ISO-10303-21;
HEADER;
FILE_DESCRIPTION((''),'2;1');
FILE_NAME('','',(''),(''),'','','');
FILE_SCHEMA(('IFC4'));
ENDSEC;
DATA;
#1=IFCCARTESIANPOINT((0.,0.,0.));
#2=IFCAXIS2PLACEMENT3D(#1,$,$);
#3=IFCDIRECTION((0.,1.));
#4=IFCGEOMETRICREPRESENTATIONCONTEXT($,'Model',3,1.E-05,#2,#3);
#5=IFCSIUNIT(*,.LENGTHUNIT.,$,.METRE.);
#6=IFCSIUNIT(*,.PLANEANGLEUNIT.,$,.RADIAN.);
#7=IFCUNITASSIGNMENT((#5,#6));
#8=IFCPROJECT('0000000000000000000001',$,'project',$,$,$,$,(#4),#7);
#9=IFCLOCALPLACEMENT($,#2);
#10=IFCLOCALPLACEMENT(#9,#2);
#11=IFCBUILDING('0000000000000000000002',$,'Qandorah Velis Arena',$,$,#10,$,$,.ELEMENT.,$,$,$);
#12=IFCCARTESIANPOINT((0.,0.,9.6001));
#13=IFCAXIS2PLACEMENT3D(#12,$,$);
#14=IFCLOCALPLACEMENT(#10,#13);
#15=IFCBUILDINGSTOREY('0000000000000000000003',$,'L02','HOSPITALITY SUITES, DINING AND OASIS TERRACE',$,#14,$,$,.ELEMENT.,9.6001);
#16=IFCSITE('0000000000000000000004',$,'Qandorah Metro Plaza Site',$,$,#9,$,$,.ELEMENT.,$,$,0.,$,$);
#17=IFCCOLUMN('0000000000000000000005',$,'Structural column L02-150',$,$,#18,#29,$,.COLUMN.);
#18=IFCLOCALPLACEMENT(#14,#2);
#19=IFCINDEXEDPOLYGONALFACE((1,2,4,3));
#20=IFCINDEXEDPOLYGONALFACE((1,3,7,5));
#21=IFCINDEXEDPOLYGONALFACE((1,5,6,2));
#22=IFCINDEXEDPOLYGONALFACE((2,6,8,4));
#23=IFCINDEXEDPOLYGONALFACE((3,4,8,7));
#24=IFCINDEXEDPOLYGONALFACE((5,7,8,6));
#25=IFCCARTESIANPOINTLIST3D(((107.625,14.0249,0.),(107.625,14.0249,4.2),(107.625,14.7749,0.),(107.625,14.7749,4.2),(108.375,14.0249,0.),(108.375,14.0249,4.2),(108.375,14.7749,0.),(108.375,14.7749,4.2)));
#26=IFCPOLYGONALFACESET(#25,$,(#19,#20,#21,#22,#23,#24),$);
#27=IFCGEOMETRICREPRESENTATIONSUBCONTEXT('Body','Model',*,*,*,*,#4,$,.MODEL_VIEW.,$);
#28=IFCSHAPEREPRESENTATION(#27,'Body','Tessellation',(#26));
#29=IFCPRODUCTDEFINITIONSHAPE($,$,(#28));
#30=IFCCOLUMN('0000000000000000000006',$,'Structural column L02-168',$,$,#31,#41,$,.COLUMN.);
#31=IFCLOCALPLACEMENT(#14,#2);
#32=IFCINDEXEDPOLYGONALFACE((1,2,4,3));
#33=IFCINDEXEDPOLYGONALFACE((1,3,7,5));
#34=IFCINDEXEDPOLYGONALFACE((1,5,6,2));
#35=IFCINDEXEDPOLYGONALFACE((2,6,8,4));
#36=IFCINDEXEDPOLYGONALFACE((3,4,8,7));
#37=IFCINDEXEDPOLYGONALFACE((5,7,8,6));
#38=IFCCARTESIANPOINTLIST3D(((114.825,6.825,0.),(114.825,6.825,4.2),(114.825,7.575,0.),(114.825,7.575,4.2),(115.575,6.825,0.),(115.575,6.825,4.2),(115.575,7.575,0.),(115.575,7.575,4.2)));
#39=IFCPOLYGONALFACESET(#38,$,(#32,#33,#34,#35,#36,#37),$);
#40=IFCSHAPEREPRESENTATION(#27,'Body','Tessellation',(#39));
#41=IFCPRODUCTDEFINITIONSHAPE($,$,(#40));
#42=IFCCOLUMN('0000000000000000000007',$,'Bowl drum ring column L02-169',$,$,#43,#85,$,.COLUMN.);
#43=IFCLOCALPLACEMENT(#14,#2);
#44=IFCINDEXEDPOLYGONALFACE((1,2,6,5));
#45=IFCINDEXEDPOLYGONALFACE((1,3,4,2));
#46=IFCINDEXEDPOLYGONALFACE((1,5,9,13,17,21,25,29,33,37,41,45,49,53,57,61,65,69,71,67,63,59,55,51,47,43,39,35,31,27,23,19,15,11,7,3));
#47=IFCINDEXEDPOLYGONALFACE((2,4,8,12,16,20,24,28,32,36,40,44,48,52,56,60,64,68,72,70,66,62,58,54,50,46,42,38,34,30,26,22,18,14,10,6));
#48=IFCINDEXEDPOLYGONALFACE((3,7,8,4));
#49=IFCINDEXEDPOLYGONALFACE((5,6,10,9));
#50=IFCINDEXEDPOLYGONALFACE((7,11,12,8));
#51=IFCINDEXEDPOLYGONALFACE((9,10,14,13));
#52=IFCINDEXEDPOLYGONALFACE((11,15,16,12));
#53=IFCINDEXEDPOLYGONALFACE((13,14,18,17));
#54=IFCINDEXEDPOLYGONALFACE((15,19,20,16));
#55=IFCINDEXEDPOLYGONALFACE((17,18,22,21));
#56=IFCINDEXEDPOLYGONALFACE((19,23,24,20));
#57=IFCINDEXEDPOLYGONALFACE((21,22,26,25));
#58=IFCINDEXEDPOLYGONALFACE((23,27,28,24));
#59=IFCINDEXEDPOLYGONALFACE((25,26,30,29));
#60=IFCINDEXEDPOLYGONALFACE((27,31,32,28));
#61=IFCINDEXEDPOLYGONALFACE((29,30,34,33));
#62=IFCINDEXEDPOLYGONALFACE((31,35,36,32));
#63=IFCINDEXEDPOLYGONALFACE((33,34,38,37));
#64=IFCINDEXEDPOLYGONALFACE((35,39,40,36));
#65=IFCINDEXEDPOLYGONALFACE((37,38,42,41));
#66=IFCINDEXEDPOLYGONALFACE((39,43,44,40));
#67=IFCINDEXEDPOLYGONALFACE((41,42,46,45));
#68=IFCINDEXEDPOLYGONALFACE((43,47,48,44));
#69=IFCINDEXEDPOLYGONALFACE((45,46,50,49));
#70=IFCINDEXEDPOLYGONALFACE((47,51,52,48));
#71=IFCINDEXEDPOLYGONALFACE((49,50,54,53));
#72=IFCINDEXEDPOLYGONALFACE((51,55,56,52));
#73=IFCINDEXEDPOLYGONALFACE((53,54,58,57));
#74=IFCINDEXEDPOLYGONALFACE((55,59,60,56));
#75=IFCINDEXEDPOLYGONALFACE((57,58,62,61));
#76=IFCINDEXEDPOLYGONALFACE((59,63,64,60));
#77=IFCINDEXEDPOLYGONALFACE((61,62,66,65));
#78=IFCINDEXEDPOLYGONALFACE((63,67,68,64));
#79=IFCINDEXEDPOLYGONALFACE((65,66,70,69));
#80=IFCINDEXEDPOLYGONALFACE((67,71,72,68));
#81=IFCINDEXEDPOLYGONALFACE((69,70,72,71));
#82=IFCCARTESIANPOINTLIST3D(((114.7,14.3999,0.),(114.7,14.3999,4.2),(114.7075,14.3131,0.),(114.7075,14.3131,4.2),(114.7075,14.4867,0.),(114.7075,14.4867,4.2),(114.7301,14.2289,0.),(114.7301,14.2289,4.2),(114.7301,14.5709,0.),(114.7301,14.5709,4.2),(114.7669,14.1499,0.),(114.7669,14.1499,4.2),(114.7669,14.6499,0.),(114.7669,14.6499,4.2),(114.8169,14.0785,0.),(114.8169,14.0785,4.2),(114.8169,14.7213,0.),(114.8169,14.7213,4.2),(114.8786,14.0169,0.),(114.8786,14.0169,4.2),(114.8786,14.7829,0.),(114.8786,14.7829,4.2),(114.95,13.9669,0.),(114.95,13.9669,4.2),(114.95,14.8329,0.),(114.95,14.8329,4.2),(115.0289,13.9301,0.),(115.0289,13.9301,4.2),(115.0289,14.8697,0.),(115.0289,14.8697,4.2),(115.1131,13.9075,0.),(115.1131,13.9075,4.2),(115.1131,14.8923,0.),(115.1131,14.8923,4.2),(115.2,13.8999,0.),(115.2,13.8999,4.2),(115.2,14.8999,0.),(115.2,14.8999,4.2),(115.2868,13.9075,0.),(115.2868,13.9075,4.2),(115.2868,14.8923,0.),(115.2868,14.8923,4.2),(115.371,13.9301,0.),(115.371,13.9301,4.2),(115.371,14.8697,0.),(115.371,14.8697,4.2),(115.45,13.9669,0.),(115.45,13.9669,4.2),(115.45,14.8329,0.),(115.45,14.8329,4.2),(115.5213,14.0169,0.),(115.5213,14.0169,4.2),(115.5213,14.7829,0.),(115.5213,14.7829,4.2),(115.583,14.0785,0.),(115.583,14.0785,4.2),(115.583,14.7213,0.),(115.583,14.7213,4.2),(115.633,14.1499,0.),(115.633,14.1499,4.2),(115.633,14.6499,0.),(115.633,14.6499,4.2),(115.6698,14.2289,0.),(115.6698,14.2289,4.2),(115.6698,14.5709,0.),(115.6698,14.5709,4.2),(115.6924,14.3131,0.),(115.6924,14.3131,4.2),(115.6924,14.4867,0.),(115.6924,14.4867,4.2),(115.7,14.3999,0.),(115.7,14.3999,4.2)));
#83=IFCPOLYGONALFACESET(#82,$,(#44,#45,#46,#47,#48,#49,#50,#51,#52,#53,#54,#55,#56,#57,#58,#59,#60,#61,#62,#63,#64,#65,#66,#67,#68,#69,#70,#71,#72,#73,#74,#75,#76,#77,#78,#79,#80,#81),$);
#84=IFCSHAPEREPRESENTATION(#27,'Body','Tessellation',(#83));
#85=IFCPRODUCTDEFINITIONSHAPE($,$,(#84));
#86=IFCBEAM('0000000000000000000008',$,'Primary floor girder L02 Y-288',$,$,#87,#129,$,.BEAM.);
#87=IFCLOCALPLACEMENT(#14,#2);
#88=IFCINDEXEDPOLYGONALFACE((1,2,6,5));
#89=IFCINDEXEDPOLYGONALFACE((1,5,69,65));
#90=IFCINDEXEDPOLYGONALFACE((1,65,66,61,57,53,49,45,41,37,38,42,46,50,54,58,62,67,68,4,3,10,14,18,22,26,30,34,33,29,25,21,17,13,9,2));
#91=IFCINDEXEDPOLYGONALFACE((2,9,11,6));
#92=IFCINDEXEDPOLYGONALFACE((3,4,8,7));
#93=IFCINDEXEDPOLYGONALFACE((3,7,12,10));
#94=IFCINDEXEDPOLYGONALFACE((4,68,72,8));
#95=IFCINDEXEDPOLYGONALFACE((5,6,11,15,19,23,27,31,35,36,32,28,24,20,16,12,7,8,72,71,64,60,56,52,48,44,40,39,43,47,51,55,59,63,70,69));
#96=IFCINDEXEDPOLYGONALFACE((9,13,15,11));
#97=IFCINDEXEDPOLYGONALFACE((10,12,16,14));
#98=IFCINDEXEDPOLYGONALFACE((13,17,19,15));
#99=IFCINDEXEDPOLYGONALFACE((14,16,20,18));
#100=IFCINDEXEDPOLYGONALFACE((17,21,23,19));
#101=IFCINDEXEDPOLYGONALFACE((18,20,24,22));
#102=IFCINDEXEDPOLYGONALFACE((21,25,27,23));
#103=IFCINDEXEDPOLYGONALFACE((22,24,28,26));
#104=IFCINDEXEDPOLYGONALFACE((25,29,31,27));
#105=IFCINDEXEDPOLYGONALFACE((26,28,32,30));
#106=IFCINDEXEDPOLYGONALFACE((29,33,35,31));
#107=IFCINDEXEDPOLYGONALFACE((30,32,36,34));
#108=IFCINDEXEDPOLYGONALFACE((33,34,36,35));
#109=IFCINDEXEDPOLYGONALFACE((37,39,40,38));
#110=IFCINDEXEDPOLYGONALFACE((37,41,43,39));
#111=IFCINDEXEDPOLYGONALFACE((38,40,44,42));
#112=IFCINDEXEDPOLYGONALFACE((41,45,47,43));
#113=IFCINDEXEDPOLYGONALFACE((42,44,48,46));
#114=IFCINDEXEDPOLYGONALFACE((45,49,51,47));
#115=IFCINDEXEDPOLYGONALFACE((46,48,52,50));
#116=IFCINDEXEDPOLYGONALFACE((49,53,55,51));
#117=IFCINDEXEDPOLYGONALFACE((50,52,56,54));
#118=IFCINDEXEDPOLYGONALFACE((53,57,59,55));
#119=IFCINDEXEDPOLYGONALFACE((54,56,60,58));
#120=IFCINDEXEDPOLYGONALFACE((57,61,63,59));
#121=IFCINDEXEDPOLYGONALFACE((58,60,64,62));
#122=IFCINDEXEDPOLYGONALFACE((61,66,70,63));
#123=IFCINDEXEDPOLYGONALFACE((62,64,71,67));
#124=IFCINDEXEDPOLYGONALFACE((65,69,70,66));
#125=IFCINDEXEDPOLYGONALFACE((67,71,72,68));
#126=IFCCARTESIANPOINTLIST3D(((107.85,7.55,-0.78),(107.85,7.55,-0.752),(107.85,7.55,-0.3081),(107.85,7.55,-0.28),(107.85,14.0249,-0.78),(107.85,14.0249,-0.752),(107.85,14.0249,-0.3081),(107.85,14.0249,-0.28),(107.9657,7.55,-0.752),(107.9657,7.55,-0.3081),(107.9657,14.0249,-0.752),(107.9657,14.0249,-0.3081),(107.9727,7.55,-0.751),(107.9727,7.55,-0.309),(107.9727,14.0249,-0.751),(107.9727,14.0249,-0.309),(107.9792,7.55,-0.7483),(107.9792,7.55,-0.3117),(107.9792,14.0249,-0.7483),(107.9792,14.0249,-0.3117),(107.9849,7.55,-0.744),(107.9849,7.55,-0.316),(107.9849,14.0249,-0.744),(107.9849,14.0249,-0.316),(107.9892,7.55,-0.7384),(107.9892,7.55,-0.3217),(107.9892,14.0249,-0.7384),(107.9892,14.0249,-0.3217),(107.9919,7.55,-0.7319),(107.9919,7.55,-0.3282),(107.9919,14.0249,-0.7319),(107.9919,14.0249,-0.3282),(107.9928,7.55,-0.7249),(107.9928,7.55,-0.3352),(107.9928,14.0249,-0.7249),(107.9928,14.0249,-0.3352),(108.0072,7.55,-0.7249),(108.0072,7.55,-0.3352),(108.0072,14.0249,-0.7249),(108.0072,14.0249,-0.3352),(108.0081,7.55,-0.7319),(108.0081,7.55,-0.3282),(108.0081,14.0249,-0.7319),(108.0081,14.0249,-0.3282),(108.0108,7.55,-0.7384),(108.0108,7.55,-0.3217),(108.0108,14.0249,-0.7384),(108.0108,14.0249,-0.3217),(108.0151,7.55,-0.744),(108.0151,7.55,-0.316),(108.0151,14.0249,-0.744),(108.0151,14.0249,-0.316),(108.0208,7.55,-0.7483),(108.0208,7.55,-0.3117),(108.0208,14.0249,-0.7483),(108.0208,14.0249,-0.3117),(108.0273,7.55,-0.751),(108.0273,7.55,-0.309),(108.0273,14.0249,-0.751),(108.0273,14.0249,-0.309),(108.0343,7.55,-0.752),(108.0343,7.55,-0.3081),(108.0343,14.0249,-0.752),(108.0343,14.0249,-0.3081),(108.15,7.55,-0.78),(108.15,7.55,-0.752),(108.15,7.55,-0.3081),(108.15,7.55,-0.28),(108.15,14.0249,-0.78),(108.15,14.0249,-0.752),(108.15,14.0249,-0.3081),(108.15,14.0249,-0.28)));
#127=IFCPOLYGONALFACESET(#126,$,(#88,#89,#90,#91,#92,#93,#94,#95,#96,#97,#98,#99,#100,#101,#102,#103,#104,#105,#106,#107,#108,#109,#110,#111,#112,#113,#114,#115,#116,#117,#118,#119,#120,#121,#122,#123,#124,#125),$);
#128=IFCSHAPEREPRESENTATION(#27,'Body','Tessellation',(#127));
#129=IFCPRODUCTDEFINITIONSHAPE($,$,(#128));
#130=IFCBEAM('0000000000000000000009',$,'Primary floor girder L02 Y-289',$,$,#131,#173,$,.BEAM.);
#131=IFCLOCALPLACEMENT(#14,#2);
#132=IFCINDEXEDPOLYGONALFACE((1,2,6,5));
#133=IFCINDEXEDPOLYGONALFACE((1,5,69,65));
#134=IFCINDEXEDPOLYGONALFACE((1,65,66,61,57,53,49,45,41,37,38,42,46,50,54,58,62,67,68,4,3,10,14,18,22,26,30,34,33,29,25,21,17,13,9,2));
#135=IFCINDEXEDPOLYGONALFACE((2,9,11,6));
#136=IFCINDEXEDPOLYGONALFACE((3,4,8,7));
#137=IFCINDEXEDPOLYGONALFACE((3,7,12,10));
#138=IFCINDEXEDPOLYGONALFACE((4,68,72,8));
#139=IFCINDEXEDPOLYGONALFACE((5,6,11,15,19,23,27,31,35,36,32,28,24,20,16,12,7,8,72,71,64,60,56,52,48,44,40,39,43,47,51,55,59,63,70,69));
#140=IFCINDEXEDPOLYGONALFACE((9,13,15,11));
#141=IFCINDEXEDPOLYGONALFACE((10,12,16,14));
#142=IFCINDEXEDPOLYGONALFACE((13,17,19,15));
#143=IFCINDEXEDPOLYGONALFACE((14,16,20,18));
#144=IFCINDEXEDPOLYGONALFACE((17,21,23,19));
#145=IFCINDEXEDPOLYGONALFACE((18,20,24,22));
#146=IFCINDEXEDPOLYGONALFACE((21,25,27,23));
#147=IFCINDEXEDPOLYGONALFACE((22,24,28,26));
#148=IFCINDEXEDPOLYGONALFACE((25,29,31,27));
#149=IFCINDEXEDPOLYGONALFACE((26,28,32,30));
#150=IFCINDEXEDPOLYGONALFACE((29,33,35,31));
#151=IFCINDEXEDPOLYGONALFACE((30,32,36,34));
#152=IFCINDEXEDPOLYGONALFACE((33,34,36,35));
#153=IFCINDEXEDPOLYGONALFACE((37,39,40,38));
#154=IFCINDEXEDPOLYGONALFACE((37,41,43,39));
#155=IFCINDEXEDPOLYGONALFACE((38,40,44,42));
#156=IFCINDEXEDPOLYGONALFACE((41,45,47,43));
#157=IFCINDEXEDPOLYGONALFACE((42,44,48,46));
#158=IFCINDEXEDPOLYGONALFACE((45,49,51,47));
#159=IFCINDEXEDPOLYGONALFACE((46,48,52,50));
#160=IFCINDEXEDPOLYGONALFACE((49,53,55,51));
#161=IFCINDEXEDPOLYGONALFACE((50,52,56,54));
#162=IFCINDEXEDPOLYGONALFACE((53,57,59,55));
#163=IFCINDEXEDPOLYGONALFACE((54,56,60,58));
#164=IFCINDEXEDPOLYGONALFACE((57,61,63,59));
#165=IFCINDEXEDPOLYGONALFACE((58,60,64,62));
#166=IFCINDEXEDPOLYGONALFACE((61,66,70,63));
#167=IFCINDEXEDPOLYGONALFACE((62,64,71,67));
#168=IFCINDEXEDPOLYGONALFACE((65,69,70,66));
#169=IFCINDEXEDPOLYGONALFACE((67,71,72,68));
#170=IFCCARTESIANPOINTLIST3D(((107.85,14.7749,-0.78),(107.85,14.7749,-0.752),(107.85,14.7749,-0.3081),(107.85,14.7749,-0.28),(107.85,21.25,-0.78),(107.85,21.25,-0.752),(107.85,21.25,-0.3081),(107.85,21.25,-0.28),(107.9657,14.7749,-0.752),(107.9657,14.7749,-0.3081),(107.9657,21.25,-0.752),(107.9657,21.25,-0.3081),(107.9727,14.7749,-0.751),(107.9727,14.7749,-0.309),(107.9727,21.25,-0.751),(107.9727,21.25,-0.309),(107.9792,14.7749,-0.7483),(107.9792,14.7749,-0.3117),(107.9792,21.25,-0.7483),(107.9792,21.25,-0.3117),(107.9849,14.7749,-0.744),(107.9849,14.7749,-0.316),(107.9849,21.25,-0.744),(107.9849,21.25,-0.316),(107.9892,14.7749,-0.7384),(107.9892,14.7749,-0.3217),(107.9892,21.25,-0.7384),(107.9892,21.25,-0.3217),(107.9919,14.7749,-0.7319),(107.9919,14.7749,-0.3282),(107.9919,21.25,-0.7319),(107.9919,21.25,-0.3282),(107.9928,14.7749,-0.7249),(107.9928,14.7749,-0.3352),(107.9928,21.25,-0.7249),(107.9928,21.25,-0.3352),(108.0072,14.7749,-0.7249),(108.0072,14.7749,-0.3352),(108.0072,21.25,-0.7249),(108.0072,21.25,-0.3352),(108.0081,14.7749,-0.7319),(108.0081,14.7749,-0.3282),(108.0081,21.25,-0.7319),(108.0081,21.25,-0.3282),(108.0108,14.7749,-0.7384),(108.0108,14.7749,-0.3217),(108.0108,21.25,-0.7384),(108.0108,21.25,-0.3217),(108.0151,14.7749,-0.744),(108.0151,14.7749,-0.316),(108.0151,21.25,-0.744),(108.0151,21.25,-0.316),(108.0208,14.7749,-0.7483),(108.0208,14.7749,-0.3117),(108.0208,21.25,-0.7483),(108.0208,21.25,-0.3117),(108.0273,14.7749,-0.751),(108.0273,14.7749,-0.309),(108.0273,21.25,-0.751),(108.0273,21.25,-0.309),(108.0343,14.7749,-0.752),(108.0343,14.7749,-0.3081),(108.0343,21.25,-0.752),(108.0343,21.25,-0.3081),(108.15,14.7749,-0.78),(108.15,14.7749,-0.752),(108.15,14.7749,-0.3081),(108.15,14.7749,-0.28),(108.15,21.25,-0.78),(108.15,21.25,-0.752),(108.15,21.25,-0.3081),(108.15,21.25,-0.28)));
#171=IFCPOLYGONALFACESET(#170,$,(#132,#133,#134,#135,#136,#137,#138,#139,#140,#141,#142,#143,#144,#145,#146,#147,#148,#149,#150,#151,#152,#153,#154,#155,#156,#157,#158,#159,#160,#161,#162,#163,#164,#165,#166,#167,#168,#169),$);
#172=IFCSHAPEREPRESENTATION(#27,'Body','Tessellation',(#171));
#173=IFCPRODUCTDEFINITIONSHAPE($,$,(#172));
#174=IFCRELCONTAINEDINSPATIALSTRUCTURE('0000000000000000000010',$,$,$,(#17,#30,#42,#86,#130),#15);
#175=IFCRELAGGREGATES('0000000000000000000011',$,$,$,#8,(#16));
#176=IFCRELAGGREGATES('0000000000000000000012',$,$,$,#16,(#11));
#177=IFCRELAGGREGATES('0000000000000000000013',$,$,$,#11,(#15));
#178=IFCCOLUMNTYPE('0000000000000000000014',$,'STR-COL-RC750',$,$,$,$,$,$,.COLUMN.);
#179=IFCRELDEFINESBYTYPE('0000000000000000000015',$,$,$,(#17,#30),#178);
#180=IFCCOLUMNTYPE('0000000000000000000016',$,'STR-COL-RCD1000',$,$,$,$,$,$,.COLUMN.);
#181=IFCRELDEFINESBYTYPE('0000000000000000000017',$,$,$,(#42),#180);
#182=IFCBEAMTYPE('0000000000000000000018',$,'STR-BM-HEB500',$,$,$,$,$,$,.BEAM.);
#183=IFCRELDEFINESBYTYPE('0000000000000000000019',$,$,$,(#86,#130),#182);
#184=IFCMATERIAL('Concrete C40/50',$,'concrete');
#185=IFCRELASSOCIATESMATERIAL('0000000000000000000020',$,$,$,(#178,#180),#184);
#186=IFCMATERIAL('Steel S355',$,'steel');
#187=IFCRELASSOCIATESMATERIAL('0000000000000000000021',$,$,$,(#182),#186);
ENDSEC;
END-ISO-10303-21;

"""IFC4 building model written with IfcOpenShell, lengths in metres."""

from ifc_helpers import new_model, si_unit, direction, frame, origin, origin_2d, place, context, subcontext, project, spatial, rectangle, circle, i_section, extrude, material, material_profile, profile_set, type_object, element, save


model = new_model("IFC4")

# Units and contexts
model_context = context("Model", 3, precision=1e-05, world=origin(), true_north=direction((0.0, 1.0)))
body_context = subcontext(model_context, "Body", "Model", "MODEL_VIEW")
ifc_project = project(units=[si_unit("LENGTHUNIT", "METRE"), si_unit("PLANEANGLEUNIT", "RADIAN")], contexts=[model_context])

# Site, building, storey
site_placement = place(None, origin())
site = spatial("IfcSite", under=ifc_project, at=site_placement, Name="Qandorah Metro Plaza Site", CompositionType="ELEMENT", RefElevation=0.0)
building_placement = place(site_placement, origin())
building = spatial("IfcBuilding", under=site, at=building_placement, Name="Qandorah Velis Arena", CompositionType="ELEMENT")
storey_placement = place(building_placement, frame((0.0, 0.0, 9.6001)))
storey = spatial("IfcBuildingStorey", under=building, at=storey_placement, Name="L02", Description="HOSPITALITY SUITES, DINING AND OASIS TERRACE", CompositionType="ELEMENT", Elevation=9.6001)

# Columns
ifc_material_1 = material(Name="Concrete C40/50", Category="concrete")
ifc_material_profile_1 = material_profile(ifc_material_1, rectangle(XDim=0.75, YDim=0.75, at=origin_2d()), Name="RC COL 750x750")
ifc_profile_set_1 = profile_set([ifc_material_profile_1], Name="Concrete C40/50")
column_type_1 = type_object("IfcColumnType", Name="STR-COL-RC750", PredefinedType="COLUMN", material=ifc_profile_set_1)
for number, where, z_axis, x_axis, name in (
    (1, (108.0, 14.3999, 0.0), (0.0, 0.0, 1.0), (1.0, 0.0, 0.0), "Structural column L02-150"),
    (2, (115.2, 7.2, 0.0), (0.0, 0.0, 1.0), (1.0, 0.0, 0.0), "Structural column L02-168"),
):
    element("IfcColumn", number, at=place(storey_placement, frame(where, z_axis=z_axis, x_axis=x_axis)), inside=storey, type_object=column_type_1, Name=name, PredefinedType="COLUMN", context=body_context, shape_type="SweptSolid", body=[
        extrude(rectangle(XDim=0.75, YDim=0.75, at=origin_2d()), origin(), (0.0, 0.0, 1.0), 4.2),
    ])
ifc_material_profile_2 = material_profile(ifc_material_1, circle(Radius=0.5, at=origin_2d()), Name="RC D1000")
ifc_profile_set_2 = profile_set([ifc_material_profile_2], Name="Concrete C40/50")
column_type_2 = type_object("IfcColumnType", Name="STR-COL-RCD1000", PredefinedType="COLUMN", material=ifc_profile_set_2)
column_placement = place(storey_placement, frame((115.2, 14.3999, 0.0), z_axis=(0.0, 0.0, 1.0), x_axis=(1.0, 0.0, 0.0)))
element("IfcColumn", 3, at=column_placement, inside=storey, type_object=column_type_2, Name="Bowl drum ring column L02-169", PredefinedType="COLUMN", context=body_context, shape_type="SweptSolid", body=[
    extrude(circle(Radius=0.5, at=origin_2d()), origin(), (0.0, 0.0, 1.0), 4.2),
])

# Beams
ifc_material_2 = material(Name="Steel S355", Category="steel")
ifc_material_profile_3 = material_profile(ifc_material_2, i_section(OverallWidth=0.3, OverallDepth=0.5, WebThickness=0.0144, FlangeThickness=0.0281, FilletRadius=0.0271, at=origin_2d()), Name="HEB 500")
ifc_profile_set_3 = profile_set([ifc_material_profile_3], Name="Steel S355")
beam_type_1 = type_object("IfcBeamType", Name="STR-BM-HEB500", PredefinedType="BEAM", material=ifc_profile_set_3)
beam_1_placement = place(storey_placement, frame((108.0, 7.55, -0.53), z_axis=(0.0, 1.0, 0.0), x_axis=(-1.0, 0.0, 0.0)))
element("IfcBeam", 4, at=beam_1_placement, inside=storey, type_object=beam_type_1, Name="Primary floor girder L02 Y-288", PredefinedType="BEAM", context=body_context, shape_type="SweptSolid", body=[
    extrude(i_section(OverallWidth=0.3, OverallDepth=0.5, WebThickness=0.0144, FlangeThickness=0.0281, FilletRadius=0.0271, at=origin_2d()), origin(), (0.0, 0.0, 1.0), 6.4749),
])
beam_2_placement = place(storey_placement, frame((108.0, 14.7749, -0.53), z_axis=(0.0, 1.0, 0.0), x_axis=(-1.0, 0.0, 0.0)))
element("IfcBeam", 5, at=beam_2_placement, inside=storey, type_object=beam_type_1, Name="Primary floor girder L02 Y-289", PredefinedType="BEAM", context=body_context, shape_type="SweptSolid", body=[
    extrude(i_section(OverallWidth=0.3, OverallDepth=0.5, WebThickness=0.0144, FlangeThickness=0.0281, FilletRadius=0.0271, at=origin_2d()), origin(), (0.0, 0.0, 1.0), 6.4751),
])

save(model, "model.ifc")
